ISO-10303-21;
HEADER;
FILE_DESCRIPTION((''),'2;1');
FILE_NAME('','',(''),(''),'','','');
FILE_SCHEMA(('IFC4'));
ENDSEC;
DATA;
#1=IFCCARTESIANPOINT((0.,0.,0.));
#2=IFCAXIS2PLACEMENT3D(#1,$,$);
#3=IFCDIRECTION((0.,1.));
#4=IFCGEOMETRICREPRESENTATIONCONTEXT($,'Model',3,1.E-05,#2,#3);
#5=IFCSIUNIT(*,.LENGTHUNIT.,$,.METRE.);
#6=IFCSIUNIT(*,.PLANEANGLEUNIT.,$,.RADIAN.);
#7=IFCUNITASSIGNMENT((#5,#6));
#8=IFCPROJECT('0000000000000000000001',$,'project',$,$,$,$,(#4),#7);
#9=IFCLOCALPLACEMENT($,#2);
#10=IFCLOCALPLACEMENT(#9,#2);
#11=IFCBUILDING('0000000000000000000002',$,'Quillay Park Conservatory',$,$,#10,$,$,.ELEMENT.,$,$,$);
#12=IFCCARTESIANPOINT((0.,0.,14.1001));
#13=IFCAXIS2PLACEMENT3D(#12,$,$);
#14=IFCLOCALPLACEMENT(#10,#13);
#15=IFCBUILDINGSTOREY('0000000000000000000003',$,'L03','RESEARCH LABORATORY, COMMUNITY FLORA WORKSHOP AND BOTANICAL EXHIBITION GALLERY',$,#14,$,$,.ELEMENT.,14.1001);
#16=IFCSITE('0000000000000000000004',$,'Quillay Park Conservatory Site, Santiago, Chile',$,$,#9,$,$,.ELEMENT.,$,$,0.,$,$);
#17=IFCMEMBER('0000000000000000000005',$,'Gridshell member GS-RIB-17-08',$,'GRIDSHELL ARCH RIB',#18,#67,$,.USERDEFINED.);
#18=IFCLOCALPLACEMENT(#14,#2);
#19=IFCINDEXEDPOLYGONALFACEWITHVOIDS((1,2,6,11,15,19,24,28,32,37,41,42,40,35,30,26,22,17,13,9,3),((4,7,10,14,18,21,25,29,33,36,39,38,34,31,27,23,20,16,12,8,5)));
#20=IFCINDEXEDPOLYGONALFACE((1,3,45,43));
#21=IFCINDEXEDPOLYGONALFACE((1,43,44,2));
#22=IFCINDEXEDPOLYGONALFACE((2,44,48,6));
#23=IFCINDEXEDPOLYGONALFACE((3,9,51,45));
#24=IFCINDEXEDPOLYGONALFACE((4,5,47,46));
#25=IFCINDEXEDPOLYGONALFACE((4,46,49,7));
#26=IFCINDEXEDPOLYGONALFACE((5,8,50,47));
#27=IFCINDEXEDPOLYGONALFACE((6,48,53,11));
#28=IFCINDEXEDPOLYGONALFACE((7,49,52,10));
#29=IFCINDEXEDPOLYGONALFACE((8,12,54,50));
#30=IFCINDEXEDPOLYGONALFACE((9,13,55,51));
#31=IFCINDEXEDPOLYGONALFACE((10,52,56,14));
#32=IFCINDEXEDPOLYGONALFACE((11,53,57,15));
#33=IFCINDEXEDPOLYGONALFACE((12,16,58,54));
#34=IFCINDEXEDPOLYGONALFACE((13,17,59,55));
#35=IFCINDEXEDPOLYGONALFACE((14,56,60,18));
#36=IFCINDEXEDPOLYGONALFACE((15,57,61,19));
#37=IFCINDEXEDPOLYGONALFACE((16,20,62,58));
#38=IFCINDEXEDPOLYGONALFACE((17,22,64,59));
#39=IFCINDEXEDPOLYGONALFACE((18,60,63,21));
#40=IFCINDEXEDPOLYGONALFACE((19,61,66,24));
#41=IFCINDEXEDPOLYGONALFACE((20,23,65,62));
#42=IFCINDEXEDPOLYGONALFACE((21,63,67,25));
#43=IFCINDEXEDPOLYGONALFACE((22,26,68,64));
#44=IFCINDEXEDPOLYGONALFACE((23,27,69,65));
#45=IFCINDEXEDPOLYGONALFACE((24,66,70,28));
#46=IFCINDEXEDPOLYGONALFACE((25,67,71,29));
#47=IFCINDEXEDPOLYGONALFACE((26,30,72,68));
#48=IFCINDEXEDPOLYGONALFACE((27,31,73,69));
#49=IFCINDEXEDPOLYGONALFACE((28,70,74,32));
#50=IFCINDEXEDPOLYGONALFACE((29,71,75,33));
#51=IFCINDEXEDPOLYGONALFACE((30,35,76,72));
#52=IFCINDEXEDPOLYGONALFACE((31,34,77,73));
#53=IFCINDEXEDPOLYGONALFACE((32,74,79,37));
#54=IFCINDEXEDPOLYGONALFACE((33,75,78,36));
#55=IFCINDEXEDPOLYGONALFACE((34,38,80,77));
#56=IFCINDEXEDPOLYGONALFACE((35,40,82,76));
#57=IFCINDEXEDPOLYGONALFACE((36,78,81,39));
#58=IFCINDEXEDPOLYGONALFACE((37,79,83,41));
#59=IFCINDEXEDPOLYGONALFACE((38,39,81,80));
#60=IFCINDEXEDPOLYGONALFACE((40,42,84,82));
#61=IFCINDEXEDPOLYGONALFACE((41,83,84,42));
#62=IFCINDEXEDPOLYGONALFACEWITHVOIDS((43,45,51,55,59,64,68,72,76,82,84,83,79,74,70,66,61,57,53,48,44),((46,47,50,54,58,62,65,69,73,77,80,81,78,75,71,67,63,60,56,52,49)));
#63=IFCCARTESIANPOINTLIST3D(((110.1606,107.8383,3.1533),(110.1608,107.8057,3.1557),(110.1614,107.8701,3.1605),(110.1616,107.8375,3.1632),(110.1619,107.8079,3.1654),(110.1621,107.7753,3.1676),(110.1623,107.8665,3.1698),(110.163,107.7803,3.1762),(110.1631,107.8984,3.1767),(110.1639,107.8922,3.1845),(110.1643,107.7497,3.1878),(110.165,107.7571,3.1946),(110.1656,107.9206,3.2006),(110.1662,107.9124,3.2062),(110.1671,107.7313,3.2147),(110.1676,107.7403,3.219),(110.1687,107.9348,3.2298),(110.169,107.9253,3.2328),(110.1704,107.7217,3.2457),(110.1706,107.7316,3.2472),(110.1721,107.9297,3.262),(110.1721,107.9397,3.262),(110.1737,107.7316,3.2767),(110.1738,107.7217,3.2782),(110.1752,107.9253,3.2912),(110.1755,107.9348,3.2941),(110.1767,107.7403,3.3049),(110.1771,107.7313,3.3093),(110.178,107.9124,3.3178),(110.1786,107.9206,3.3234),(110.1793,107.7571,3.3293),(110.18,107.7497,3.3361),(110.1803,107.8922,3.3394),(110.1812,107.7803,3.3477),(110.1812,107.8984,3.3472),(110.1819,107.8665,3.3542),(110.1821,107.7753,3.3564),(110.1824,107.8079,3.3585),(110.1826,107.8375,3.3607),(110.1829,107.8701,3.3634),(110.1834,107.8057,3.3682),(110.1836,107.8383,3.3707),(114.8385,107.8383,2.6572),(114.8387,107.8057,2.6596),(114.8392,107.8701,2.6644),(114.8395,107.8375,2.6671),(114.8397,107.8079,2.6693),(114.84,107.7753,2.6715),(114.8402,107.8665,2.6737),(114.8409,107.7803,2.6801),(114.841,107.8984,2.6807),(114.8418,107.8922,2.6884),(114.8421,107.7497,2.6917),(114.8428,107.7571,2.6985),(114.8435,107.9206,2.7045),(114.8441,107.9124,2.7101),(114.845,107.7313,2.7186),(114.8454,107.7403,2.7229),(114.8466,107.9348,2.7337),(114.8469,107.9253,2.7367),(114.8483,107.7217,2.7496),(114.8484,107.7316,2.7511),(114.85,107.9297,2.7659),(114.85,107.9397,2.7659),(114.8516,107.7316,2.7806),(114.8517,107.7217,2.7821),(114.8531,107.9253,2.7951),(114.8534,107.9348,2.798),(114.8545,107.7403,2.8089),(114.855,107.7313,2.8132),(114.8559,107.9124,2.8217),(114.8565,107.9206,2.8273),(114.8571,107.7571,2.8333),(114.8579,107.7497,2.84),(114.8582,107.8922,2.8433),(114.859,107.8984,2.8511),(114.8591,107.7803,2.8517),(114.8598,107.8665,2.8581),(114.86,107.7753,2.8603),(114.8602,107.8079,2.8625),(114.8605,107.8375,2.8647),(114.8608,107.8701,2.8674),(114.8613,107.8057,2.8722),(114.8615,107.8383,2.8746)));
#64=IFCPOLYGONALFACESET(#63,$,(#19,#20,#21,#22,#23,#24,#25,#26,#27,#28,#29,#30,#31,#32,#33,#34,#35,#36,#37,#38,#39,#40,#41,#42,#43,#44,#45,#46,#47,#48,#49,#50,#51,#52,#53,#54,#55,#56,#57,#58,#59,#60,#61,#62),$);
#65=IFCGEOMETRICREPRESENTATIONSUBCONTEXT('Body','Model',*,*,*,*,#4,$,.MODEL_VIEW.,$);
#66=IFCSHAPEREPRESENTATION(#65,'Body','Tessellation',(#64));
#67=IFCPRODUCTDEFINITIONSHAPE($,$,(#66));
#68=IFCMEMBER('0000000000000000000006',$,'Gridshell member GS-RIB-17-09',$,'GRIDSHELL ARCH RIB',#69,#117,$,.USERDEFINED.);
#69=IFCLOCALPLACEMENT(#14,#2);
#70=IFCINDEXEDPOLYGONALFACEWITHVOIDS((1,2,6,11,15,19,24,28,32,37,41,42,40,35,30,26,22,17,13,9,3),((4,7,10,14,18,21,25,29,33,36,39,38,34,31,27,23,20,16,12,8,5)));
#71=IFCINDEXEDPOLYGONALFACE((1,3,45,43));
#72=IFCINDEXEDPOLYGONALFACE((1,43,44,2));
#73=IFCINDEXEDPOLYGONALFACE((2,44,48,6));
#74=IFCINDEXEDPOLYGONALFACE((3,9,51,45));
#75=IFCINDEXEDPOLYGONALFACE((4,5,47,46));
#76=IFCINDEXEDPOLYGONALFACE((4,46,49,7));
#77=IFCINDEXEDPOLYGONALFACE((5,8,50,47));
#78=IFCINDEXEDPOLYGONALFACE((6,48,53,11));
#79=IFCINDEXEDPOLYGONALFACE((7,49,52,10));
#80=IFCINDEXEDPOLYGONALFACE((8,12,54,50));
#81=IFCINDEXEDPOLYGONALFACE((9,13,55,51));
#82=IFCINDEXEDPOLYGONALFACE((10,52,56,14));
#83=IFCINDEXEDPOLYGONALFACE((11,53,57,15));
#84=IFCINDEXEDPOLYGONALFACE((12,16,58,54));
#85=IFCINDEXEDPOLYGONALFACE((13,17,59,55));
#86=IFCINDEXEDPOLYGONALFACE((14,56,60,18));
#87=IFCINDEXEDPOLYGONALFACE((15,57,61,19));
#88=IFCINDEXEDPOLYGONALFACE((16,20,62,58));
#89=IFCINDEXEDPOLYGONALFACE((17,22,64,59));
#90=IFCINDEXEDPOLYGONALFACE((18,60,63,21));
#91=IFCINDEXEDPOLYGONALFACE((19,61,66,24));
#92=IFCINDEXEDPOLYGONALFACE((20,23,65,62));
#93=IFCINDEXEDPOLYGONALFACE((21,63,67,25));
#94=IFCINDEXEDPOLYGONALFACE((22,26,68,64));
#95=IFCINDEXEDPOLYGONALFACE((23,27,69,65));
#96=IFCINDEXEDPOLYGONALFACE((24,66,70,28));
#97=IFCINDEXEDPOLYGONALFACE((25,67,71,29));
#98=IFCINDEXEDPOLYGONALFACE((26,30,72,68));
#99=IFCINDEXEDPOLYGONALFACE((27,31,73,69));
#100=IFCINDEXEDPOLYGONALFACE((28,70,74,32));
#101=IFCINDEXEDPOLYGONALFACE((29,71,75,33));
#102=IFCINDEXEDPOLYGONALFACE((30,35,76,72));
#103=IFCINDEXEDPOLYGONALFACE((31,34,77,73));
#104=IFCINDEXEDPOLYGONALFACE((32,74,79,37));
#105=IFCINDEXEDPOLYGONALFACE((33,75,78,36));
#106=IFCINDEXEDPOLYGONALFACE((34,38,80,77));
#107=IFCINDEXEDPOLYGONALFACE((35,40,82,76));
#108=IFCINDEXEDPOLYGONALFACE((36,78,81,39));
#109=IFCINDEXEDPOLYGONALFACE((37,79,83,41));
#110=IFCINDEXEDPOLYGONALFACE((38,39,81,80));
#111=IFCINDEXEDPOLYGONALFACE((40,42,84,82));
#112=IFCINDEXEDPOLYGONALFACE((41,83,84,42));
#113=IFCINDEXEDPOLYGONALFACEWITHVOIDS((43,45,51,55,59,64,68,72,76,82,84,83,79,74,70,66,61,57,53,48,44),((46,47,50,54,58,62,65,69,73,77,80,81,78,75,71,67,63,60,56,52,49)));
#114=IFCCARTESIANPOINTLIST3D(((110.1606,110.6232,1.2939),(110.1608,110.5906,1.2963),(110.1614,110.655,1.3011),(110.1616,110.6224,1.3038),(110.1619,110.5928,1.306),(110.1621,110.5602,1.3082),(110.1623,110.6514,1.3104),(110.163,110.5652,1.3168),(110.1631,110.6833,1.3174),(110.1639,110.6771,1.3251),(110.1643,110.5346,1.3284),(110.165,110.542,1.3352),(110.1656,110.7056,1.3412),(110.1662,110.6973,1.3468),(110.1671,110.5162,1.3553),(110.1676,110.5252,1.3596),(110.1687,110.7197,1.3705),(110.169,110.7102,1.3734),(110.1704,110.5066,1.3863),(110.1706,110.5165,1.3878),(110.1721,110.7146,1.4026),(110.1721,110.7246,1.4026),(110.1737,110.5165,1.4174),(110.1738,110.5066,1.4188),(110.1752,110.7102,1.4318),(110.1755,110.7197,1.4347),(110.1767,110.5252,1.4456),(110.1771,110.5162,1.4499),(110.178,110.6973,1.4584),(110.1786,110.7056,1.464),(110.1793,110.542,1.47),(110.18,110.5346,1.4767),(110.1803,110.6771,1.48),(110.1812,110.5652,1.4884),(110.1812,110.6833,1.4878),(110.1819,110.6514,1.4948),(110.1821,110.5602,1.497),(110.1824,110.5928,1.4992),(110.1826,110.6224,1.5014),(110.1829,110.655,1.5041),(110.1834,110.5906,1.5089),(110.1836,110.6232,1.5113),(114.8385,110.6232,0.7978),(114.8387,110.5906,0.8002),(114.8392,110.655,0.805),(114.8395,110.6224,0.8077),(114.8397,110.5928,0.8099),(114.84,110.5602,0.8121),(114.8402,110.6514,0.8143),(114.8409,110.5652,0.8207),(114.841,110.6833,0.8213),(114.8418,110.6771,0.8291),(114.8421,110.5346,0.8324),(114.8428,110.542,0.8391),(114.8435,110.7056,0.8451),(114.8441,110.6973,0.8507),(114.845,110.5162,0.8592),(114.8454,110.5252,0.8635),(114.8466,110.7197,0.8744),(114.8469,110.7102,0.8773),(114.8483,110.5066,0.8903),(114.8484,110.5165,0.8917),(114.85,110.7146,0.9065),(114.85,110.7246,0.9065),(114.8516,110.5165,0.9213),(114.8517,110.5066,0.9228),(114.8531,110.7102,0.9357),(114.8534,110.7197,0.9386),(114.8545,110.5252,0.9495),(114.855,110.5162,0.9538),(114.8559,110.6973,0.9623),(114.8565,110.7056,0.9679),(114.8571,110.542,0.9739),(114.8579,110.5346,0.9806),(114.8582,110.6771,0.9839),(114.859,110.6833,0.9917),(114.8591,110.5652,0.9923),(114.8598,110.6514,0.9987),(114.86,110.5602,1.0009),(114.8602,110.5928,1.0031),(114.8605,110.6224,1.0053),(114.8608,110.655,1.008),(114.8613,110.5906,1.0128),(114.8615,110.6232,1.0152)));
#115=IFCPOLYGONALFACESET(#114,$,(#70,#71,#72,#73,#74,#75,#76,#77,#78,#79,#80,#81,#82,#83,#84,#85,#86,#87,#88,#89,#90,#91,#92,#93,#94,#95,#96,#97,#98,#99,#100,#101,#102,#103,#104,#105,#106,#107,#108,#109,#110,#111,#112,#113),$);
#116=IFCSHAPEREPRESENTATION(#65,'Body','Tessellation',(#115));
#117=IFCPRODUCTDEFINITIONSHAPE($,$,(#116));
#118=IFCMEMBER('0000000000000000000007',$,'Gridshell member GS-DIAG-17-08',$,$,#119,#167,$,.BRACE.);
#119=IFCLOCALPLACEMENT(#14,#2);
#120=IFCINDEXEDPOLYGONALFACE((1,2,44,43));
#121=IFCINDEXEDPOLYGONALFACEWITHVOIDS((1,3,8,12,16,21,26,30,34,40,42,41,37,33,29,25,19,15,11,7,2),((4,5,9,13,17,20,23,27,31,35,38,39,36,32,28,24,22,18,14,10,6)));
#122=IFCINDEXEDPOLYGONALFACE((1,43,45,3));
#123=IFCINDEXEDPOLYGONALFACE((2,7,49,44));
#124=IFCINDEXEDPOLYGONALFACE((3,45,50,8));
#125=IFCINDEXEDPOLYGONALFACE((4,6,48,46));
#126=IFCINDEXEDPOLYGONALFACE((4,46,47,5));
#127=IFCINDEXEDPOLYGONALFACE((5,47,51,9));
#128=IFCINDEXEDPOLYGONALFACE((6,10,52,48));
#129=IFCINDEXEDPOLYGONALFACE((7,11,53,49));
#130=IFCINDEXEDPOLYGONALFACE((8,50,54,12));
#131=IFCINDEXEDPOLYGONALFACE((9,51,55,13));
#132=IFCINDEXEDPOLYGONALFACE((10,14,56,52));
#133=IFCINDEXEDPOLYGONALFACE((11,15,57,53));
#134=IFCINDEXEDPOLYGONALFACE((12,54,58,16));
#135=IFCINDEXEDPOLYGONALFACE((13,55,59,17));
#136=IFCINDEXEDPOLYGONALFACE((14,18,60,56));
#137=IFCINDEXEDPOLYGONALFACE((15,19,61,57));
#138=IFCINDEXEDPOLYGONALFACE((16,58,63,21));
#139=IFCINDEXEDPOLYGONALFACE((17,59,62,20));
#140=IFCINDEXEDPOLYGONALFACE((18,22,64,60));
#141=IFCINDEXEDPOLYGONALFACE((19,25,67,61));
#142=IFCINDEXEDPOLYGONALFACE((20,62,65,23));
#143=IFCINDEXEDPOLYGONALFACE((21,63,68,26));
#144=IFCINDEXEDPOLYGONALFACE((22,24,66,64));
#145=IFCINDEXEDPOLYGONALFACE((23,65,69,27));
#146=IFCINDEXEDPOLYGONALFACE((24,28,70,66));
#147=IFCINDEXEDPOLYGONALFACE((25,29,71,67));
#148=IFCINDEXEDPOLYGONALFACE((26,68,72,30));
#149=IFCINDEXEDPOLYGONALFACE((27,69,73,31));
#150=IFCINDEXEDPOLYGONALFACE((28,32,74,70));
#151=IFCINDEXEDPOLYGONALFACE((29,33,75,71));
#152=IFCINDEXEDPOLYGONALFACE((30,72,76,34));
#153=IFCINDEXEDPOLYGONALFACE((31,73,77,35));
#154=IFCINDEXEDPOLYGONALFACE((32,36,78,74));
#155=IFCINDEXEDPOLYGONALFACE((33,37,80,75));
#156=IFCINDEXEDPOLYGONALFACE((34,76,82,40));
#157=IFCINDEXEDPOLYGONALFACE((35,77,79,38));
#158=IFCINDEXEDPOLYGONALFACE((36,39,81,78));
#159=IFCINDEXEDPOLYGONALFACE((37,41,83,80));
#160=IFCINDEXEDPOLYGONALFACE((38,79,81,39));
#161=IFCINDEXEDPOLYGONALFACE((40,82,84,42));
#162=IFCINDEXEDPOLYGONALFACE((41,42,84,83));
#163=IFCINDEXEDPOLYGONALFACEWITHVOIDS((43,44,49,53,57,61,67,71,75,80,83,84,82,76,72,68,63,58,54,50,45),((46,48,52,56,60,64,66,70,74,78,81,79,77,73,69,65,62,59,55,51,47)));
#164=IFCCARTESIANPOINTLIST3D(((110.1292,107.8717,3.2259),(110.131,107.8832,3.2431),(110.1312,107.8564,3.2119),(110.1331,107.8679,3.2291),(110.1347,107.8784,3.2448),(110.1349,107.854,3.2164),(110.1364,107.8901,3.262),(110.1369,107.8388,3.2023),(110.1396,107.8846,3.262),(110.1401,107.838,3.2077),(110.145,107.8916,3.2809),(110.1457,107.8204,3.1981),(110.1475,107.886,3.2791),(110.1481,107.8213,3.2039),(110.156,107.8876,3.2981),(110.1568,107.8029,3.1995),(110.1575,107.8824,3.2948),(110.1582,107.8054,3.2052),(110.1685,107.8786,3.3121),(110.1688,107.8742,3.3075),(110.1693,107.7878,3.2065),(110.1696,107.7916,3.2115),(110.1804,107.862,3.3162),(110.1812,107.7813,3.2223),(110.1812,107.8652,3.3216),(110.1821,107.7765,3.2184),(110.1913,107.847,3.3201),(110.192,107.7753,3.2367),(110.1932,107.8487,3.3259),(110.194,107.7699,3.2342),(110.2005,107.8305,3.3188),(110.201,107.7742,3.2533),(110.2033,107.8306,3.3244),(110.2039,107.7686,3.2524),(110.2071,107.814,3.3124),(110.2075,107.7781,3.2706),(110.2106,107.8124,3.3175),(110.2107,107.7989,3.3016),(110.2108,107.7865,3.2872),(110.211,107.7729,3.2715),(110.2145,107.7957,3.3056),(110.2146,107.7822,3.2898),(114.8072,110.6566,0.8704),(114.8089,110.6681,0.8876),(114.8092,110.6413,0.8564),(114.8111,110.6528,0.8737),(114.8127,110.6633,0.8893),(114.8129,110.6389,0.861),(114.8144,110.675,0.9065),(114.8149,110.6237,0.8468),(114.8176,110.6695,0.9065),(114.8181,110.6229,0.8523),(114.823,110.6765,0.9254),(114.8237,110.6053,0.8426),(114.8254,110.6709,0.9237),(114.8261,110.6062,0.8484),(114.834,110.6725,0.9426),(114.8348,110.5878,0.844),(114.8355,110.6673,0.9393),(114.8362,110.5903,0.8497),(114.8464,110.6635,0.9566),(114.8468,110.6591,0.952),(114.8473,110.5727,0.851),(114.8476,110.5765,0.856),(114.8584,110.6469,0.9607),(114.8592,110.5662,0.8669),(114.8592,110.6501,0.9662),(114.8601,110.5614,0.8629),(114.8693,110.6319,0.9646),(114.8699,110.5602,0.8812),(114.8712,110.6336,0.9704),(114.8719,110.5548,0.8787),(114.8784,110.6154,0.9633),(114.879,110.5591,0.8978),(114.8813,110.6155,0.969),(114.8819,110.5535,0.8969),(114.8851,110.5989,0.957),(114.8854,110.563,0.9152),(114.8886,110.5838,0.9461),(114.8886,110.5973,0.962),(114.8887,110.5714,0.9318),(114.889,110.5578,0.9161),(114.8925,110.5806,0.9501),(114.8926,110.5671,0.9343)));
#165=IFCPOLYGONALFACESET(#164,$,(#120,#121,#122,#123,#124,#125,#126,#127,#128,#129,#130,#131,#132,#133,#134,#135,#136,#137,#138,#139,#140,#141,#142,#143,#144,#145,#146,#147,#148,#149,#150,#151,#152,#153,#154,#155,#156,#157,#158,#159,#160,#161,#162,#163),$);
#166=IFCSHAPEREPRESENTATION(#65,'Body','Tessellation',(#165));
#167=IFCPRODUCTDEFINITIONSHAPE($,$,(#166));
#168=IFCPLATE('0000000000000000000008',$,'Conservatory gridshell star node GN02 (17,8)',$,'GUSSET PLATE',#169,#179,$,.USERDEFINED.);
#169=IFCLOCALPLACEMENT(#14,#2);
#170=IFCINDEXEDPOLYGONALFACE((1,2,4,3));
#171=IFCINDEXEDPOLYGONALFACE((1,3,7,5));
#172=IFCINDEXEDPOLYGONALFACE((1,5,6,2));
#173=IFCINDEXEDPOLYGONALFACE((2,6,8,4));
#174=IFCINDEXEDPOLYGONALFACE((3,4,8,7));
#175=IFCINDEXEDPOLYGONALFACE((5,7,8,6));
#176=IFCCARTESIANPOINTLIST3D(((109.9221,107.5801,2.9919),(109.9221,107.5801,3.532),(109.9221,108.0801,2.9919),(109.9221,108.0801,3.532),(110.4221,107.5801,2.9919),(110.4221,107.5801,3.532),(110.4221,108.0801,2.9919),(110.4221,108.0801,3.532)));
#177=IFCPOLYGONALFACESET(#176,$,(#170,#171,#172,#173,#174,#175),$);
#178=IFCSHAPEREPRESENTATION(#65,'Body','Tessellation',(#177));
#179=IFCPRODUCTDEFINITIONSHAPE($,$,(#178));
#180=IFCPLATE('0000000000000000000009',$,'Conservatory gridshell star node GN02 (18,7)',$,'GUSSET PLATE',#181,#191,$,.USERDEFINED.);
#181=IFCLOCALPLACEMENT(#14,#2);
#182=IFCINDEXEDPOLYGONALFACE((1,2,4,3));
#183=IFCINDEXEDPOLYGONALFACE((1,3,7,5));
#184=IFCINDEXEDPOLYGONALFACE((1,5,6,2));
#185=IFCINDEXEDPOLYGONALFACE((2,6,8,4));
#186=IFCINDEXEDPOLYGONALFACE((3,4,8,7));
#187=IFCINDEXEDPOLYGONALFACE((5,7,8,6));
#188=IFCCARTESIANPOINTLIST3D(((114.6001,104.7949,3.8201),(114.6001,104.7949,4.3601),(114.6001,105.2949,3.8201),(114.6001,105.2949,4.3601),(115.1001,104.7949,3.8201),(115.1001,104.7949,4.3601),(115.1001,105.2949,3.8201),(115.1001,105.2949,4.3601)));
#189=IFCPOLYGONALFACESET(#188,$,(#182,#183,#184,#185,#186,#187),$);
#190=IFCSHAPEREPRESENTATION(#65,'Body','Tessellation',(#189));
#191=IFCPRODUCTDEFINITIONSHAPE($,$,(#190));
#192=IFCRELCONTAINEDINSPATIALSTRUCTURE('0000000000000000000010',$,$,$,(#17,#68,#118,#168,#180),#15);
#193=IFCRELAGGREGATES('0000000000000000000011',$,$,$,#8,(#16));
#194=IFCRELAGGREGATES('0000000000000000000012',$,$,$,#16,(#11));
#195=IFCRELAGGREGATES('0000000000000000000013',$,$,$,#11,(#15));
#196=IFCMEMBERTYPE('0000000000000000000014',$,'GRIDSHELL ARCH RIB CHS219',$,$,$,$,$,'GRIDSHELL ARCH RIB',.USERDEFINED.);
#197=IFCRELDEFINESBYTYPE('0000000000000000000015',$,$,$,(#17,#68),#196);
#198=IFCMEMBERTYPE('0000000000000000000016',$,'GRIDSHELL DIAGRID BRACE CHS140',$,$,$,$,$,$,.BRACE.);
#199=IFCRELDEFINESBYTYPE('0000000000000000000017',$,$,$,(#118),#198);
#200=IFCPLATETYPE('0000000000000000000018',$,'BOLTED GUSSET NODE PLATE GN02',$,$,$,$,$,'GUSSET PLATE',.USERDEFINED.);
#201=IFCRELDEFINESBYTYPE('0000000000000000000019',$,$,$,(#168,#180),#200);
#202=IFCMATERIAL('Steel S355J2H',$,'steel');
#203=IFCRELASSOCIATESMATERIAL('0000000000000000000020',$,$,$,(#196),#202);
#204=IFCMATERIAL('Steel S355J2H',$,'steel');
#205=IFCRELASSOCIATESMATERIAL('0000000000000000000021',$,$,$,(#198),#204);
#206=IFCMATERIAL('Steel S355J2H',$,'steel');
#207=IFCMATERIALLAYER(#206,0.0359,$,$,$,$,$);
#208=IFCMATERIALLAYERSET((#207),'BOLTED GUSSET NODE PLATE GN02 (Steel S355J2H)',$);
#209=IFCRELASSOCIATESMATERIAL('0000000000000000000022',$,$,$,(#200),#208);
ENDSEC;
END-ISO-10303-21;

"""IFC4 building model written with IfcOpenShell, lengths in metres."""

from ifc_helpers import new_model, si_unit, direction, frame, origin, origin_2d, place, context, subcontext, project, spatial, rectangle, hollow_circle, extrude, material, layer, layer_set, material_profile, profile_set, type_object, element, save


model = new_model("IFC4")

# Units and contexts
model_context = context("Model", 3, precision=1e-05, world=origin(), true_north=direction((0.0, 1.0)))
body_context = subcontext(model_context, "Body", "Model", "MODEL_VIEW")
ifc_project = project(units=[si_unit("LENGTHUNIT", "METRE"), si_unit("PLANEANGLEUNIT", "RADIAN")], contexts=[model_context])

# Site, building, storey
site_placement = place(None, origin())
site = spatial("IfcSite", under=ifc_project, at=site_placement, Name="Quillay Park Conservatory Site, Santiago, Chile", CompositionType="ELEMENT", RefElevation=0.0)
building_placement = place(site_placement, origin())
building = spatial("IfcBuilding", under=site, at=building_placement, Name="Quillay Park Conservatory", CompositionType="ELEMENT")
storey_placement = place(building_placement, frame((0.0, 0.0, 14.1001)))
storey = spatial("IfcBuildingStorey", under=building, at=storey_placement, Name="L03", Description="RESEARCH LABORATORY, COMMUNITY FLORA WORKSHOP AND BOTANICAL EXHIBITION GALLERY", CompositionType="ELEMENT", Elevation=14.1001)

# Members
ifc_material_1 = material(Name="Steel S355J2H", Category="steel")
ifc_material_profile_1 = material_profile(ifc_material_1, hollow_circle(Radius=0.1096, WallThickness=0.01, at=origin_2d()), Name="CHS219.1x10")
ifc_profile_set_1 = profile_set([ifc_material_profile_1], Name="Steel S355J2H")
member_type_1 = type_object("IfcMemberType", Name="GRIDSHELL ARCH RIB CHS219", ElementType="GRIDSHELL ARCH RIB", PredefinedType="USERDEFINED", material=ifc_profile_set_1)
for number, where, z_axis, x_axis, name in (
    (1, (110.1721, 107.8301, 3.262), (0.994424, 0.0, -0.105457), (0.0, 1.0, 0.0), "Gridshell member GS-RIB-17-08"),
    (2, (110.1721, 110.615, 1.4026), (0.994424, 0.0, -0.105457), (0.0, 1.0, 0.0), "Gridshell member GS-RIB-17-09"),
):
    element("IfcMember", number, at=place(storey_placement, frame(where, z_axis=z_axis, x_axis=x_axis)), inside=storey, type_object=member_type_1, Name=name, ObjectType="GRIDSHELL ARCH RIB", PredefinedType="USERDEFINED", context=body_context, shape_type="SweptSolid", body=[
        extrude(hollow_circle(Radius=0.1096, WallThickness=0.01, at=origin_2d()), origin(), (0.0, 0.0, 1.0), 4.7041),
    ])
ifc_material_2 = material(Name="Steel S355J2H", Category="steel")
ifc_material_profile_2 = material_profile(ifc_material_2, hollow_circle(Radius=0.0698, WallThickness=0.0063, at=origin_2d()), Name="CHS139.7x6.3")
ifc_profile_set_2 = profile_set([ifc_material_profile_2], Name="Steel S355J2H")
member_type_2 = type_object("IfcMemberType", Name="GRIDSHELL DIAGRID BRACE CHS140", PredefinedType="BRACE", material=ifc_profile_set_2)
member_placement = place(storey_placement, frame((110.1721, 107.8301, 3.262), z_axis=(0.788614, 0.469481, -0.397085), x_axis=(-0.511538, 0.859261, 0.0)))
element("IfcMember", 3, at=member_placement, inside=storey, type_object=member_type_2, Name="Gridshell member GS-DIAG-17-08", PredefinedType="BRACE", context=body_context, shape_type="SweptSolid", body=[
    extrude(hollow_circle(Radius=0.0698, WallThickness=0.0063, at=origin_2d()), origin(), (0.0, 0.0, 1.0), 5.9319),
])

# Plates
ifc_material_3 = material(Name="Steel S355J2H", Category="steel")
ifc_layer_1 = layer(ifc_material_3, 0.0359)
ifc_layer_set_1 = layer_set([ifc_layer_1], Name="BOLTED GUSSET NODE PLATE GN02 (Steel S355J2H)")
plate_type_1 = type_object("IfcPlateType", Name="BOLTED GUSSET NODE PLATE GN02", ElementType="GUSSET PLATE", PredefinedType="USERDEFINED", material=ifc_layer_set_1)
for number, where, z_axis, x_axis, name in (
    (4, (110.1721, 107.8301, 2.9919), (0.0, 0.0, 1.0), (1.0, 0.0, 0.0), "Conservatory gridshell star node GN02 (17,8)"),
    (5, (114.8501, 105.0449, 3.8201), (0.0, 0.0, 1.0), (1.0, 0.0, 0.0), "Conservatory gridshell star node GN02 (18,7)"),
):
    element("IfcPlate", number, at=place(storey_placement, frame(where, z_axis=z_axis, x_axis=x_axis)), inside=storey, type_object=plate_type_1, Name=name, ObjectType="GUSSET PLATE", PredefinedType="USERDEFINED", context=body_context, shape_type="SweptSolid", body=[
        extrude(rectangle(XDim=0.5, YDim=0.5, at=origin_2d()), origin(), (0.0, 0.0, 1.0), 0.54),
    ])

save(model, "model.ifc")
